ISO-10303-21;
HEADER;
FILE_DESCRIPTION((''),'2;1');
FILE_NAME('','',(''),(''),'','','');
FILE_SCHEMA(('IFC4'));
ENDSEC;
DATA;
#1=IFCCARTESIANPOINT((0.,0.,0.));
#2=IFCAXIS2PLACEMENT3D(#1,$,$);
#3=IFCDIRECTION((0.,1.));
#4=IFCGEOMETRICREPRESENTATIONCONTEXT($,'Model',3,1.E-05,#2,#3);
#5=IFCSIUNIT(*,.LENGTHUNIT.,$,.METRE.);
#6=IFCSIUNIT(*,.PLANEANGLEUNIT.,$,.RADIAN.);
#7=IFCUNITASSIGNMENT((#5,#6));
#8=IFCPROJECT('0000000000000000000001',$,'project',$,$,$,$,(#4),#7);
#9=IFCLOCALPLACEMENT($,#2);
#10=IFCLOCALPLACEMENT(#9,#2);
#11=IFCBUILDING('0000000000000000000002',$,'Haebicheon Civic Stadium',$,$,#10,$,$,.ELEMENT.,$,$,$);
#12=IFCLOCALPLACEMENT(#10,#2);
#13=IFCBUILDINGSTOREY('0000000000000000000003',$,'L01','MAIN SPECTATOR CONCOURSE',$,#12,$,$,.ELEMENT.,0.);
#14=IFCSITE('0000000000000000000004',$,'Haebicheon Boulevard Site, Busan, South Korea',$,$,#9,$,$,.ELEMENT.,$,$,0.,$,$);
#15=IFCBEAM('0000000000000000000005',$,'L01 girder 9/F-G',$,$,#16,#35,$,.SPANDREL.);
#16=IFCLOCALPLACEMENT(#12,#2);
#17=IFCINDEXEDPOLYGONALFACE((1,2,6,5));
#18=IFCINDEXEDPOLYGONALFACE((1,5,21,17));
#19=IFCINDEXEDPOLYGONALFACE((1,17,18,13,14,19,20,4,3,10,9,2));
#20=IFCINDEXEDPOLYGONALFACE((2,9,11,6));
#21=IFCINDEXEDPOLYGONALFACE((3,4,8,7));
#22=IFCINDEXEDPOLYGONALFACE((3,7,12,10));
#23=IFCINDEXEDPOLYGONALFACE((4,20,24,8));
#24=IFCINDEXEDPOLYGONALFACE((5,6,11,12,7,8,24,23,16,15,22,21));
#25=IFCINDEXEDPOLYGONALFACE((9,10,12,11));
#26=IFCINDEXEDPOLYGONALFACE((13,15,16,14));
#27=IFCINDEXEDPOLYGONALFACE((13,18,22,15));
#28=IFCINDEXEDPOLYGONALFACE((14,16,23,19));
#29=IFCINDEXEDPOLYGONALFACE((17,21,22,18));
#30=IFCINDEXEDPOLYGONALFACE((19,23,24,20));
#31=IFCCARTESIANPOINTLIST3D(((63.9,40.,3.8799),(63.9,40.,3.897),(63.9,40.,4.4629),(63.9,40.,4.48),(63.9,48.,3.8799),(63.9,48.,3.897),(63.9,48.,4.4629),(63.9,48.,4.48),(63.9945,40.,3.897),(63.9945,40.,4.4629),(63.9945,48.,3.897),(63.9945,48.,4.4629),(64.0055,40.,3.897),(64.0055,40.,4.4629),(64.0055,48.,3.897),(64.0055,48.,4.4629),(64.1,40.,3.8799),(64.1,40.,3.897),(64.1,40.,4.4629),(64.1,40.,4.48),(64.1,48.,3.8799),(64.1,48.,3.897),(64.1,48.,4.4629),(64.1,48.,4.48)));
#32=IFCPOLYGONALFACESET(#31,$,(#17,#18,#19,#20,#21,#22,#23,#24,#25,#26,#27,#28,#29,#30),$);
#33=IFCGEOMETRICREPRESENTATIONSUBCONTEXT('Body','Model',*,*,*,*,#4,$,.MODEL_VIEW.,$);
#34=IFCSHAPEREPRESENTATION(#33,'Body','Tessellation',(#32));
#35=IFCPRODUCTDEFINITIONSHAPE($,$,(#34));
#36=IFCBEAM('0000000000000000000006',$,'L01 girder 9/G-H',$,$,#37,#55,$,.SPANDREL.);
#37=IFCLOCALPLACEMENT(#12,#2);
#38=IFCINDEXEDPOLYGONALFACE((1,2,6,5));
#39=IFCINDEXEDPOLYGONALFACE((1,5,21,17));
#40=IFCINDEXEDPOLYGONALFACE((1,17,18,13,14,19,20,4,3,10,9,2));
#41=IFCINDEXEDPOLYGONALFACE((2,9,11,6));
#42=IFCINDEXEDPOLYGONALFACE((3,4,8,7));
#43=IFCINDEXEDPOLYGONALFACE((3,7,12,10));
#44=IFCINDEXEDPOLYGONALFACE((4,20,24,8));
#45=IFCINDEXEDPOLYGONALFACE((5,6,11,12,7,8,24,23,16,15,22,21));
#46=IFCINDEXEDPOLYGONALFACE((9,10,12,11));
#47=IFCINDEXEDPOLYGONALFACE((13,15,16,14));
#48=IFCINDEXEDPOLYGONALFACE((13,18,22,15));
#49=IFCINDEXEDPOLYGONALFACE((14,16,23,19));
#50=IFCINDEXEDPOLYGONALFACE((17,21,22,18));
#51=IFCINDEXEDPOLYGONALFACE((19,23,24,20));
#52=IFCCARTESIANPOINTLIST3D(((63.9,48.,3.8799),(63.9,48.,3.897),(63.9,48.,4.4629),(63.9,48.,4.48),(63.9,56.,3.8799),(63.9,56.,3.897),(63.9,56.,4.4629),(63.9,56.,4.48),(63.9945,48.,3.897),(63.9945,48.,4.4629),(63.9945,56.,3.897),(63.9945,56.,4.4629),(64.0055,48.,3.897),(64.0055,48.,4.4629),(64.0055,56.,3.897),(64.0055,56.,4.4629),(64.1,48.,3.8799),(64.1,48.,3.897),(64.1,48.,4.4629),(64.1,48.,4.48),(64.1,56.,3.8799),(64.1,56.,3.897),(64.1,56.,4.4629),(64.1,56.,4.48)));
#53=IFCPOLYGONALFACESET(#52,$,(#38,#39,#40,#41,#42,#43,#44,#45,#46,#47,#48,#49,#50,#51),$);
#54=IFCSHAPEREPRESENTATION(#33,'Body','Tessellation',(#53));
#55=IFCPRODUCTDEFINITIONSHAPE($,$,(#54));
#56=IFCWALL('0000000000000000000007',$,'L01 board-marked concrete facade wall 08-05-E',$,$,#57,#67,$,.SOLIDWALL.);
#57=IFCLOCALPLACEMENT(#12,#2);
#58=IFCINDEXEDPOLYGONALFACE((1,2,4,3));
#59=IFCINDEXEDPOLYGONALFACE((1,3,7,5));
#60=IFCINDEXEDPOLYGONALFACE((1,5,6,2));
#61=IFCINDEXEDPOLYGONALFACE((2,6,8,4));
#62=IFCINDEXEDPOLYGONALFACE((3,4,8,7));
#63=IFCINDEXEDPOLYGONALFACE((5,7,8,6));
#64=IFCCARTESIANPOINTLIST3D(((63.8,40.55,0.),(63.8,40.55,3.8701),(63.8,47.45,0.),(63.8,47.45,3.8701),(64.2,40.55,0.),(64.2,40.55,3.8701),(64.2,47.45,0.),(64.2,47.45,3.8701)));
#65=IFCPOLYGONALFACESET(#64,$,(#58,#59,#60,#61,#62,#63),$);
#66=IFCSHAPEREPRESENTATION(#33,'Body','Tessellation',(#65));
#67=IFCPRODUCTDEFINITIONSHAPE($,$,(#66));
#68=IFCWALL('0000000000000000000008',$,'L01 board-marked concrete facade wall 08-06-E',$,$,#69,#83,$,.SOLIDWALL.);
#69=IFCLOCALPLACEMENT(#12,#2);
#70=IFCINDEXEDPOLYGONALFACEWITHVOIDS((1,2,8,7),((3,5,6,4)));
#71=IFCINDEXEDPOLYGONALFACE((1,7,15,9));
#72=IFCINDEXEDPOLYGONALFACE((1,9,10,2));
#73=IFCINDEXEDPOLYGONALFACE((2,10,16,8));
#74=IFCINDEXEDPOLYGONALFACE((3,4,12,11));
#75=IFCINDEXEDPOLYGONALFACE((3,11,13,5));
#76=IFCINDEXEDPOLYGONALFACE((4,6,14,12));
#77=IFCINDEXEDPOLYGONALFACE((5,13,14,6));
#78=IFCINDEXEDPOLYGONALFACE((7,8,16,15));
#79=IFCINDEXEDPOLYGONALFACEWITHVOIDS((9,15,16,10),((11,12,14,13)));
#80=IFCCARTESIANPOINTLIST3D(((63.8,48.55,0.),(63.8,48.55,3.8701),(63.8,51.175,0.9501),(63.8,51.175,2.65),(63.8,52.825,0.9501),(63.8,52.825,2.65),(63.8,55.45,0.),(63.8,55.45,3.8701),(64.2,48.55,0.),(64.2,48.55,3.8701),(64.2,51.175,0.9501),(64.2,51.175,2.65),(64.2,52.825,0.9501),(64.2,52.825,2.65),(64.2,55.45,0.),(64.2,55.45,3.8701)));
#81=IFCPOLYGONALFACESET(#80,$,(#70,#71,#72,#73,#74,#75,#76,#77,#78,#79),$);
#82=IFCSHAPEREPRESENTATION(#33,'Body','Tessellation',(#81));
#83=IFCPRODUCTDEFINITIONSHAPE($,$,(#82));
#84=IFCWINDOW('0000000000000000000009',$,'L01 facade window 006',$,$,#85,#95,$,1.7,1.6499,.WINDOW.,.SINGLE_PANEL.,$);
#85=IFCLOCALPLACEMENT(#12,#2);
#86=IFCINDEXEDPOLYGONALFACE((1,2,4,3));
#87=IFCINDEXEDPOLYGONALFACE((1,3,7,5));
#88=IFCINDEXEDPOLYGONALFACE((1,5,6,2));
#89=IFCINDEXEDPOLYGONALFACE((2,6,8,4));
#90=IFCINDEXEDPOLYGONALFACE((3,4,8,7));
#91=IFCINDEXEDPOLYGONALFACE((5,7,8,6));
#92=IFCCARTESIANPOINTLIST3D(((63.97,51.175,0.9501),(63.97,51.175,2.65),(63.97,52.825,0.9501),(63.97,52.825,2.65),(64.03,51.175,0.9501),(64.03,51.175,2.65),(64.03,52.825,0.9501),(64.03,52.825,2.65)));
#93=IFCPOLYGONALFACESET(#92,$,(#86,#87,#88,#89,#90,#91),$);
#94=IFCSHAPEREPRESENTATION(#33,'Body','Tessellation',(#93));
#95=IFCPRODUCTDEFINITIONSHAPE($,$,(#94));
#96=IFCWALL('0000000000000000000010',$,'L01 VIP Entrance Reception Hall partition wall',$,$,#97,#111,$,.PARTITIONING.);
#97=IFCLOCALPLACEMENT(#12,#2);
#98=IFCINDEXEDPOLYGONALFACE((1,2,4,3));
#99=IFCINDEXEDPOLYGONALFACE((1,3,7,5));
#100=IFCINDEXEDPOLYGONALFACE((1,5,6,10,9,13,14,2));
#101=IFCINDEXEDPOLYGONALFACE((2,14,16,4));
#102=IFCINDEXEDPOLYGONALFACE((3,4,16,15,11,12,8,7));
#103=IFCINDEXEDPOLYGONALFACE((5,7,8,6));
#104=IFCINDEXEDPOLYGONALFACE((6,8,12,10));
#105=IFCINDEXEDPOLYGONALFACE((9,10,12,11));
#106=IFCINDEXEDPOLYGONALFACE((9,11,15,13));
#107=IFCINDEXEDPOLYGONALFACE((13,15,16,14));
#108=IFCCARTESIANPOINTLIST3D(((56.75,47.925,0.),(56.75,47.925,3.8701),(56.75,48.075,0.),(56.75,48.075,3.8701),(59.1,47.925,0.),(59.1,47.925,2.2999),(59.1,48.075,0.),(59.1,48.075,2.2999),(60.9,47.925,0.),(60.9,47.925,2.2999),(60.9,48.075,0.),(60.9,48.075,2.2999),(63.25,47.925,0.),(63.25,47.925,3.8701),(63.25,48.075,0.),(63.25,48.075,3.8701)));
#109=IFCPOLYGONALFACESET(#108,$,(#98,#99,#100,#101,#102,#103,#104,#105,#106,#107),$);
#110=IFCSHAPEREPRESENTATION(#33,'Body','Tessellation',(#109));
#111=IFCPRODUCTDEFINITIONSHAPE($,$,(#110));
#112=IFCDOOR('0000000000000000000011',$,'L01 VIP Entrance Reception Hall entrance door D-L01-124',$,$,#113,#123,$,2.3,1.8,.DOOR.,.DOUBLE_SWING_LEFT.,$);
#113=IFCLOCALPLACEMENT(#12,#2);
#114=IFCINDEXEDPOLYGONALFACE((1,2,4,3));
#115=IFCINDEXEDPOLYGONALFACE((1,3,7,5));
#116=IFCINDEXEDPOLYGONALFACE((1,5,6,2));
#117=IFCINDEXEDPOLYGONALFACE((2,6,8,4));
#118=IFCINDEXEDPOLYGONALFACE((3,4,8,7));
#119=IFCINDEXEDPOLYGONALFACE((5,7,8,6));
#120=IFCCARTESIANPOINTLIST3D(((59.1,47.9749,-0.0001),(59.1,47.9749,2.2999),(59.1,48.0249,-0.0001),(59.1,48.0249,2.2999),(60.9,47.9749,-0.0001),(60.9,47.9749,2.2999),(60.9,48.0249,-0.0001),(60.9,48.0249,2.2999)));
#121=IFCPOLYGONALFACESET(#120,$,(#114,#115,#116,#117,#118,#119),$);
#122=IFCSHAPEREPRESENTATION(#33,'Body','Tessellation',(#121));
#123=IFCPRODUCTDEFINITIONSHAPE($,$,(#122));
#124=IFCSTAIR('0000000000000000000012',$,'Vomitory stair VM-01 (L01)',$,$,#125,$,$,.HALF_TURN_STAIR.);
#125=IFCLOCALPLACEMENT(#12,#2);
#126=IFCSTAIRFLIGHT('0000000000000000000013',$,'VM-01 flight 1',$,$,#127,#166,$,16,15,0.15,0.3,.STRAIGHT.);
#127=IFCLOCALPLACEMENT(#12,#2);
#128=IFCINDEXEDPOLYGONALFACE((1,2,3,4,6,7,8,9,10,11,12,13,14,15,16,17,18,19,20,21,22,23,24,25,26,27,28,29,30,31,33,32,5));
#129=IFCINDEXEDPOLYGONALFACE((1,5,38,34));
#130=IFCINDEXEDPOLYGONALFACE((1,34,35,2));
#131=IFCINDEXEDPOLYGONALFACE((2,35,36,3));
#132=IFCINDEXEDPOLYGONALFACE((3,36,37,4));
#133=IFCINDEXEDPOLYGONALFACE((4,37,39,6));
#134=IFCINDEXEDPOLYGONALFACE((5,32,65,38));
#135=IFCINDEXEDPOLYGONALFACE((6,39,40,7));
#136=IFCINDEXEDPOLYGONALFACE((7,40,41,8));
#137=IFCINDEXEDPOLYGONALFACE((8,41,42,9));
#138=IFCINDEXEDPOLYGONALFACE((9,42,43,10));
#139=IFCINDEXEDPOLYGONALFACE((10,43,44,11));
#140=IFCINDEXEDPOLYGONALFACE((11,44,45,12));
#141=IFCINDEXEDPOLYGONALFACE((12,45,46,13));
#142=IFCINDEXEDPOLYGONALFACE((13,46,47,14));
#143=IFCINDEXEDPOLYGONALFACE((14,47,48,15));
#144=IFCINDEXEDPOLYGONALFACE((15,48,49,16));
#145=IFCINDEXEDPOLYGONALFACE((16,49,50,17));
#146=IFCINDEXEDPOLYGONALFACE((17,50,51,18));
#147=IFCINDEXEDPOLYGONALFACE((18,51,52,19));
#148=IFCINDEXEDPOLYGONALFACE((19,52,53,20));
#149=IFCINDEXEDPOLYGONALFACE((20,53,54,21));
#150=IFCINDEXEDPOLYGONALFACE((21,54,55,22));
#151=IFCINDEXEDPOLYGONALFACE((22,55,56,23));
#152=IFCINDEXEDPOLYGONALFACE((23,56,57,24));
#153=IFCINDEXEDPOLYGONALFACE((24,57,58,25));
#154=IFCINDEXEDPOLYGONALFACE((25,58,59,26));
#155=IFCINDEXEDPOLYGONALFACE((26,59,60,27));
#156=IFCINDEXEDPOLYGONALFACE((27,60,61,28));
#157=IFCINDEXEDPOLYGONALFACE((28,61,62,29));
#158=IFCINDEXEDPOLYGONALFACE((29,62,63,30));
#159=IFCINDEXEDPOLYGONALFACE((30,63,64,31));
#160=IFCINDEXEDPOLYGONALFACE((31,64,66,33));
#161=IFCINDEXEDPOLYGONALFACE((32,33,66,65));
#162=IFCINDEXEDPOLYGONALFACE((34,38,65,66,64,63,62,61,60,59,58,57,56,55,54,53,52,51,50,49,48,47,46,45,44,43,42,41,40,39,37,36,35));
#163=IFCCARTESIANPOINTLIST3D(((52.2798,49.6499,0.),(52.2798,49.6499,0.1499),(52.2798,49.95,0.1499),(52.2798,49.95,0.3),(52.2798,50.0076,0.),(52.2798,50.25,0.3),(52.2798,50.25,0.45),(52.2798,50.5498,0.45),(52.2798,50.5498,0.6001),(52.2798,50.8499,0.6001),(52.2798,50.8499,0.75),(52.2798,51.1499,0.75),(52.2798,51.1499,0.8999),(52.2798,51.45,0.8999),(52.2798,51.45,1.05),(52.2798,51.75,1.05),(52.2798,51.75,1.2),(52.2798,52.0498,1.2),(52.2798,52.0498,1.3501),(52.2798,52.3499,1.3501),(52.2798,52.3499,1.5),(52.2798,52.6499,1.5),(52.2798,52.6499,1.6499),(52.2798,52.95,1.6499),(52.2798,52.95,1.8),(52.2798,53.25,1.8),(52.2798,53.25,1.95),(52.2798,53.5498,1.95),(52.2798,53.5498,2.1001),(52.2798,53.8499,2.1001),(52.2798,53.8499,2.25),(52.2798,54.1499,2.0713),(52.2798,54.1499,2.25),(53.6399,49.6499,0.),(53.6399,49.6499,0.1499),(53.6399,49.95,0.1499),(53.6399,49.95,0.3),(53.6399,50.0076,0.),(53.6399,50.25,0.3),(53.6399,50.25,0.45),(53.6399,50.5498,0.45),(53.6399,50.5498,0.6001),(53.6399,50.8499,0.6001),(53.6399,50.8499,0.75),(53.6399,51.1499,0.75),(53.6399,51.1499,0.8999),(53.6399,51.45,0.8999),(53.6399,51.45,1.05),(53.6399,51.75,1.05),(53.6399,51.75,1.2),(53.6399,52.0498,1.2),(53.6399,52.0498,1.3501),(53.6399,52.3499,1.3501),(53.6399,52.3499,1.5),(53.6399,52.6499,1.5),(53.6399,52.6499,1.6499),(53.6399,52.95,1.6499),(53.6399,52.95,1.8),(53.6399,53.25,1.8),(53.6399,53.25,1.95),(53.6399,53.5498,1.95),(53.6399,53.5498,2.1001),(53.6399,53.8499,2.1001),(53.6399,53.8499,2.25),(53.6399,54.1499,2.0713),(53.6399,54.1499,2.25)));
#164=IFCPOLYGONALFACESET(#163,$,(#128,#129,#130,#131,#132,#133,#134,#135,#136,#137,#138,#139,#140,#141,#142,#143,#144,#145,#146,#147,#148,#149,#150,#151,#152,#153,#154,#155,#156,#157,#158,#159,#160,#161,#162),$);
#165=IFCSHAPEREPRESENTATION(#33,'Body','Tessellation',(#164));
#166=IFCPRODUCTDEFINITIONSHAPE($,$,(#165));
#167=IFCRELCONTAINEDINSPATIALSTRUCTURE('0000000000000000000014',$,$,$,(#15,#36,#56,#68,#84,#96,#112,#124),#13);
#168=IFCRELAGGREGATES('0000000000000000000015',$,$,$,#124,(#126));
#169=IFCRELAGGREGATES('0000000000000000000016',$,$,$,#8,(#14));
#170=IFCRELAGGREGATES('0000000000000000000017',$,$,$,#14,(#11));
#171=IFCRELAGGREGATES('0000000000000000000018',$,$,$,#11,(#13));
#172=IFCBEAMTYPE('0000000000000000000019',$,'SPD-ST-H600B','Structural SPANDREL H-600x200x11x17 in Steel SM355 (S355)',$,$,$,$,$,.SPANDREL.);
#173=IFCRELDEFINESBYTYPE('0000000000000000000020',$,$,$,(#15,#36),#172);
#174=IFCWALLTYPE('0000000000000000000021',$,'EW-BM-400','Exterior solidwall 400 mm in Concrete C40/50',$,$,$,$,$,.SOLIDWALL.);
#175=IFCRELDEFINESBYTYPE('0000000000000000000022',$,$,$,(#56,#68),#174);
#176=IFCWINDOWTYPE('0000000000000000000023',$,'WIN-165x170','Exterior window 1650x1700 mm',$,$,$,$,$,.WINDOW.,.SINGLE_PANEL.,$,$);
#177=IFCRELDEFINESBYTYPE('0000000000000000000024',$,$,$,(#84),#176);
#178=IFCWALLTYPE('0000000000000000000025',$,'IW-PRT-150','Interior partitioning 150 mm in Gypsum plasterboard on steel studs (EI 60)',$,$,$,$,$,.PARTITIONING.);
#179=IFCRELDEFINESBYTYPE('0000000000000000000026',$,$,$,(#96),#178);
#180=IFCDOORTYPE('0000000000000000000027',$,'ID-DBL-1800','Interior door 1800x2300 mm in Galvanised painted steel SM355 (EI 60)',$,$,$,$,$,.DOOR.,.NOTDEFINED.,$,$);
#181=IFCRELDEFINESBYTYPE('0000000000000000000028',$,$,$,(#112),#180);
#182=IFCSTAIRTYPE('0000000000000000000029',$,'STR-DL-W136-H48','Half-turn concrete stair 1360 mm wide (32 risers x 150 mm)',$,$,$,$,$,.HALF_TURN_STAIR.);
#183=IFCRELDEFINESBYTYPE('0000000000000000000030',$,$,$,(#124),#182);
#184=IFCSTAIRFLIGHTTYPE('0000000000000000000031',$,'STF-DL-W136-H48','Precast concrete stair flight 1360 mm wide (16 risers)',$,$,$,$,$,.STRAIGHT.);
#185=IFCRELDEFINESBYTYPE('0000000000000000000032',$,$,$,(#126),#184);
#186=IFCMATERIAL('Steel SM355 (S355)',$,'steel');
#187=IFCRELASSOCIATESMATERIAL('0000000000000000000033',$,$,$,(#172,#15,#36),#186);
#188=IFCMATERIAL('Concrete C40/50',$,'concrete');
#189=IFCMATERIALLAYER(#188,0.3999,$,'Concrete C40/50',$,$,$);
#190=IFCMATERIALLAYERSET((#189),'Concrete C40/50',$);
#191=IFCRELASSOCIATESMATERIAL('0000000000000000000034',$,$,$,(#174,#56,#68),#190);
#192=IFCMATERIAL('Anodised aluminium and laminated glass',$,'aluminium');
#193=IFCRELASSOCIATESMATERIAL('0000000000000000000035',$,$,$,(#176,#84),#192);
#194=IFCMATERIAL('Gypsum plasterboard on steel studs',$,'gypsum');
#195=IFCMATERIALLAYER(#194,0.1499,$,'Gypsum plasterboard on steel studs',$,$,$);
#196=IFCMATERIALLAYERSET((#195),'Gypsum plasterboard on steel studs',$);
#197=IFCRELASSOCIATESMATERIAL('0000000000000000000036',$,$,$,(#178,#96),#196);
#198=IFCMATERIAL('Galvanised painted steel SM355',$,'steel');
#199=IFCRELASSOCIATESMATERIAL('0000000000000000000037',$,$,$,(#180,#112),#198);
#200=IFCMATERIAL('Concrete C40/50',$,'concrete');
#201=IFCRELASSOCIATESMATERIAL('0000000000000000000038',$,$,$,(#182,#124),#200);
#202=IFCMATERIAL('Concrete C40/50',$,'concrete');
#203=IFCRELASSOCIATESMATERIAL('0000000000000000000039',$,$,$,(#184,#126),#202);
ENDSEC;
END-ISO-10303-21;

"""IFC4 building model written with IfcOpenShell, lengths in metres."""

from ifc_helpers import new_model, si_unit, direction, frame, frame_2d, origin, origin_2d, place, context, subcontext, project, spatial, polyline, rectangle, i_section, outline, extrude, material, layer, layer_set, material_profile, profile_set, type_object, element, fill, aggregate, save


model = new_model("IFC4")

# Units and contexts
model_context = context("Model", 3, precision=1e-05, world=origin(), true_north=direction((0.0, 1.0)))
body_context = subcontext(model_context, "Body", "Model", "MODEL_VIEW")
ifc_project = project(units=[si_unit("LENGTHUNIT", "METRE"), si_unit("PLANEANGLEUNIT", "RADIAN")], contexts=[model_context])

# Site, building, storey
site_placement = place(None, origin())
site = spatial("IfcSite", under=ifc_project, at=site_placement, Name="Haebicheon Boulevard Site, Busan, South Korea", CompositionType="ELEMENT", RefElevation=0.0)
building_placement = place(site_placement, origin())
building = spatial("IfcBuilding", under=site, at=building_placement, Name="Haebicheon Civic Stadium", CompositionType="ELEMENT")
storey_placement = place(building_placement, origin())
storey = spatial("IfcBuildingStorey", under=building, at=storey_placement, Name="L01", Description="MAIN SPECTATOR CONCOURSE", CompositionType="ELEMENT", Elevation=0.0)

# Beams
ifc_material_1 = material(Name="Steel SM355 (S355)", Category="steel")
ifc_material_profile_1 = material_profile(ifc_material_1, i_section(OverallWidth=0.2, OverallDepth=0.6001, WebThickness=0.011, FlangeThickness=0.0171, at=origin_2d()), Name="H-600x200x11x17")
ifc_profile_set_1 = profile_set([ifc_material_profile_1], Name="Steel SM355 (S355)")
beam_type_1 = type_object("IfcBeamType", Name="SPD-ST-H600B", Description="Structural SPANDREL H-600x200x11x17 in Steel SM355 (S355)", PredefinedType="SPANDREL", material=ifc_profile_set_1)
for number, where, z_axis, x_axis, name in (
    (1, (64.0, 40.0, 4.1799), (0.0, 1.0, 0.0), (-1.0, 0.0, 0.0), "L01 girder 9/F-G"),
    (2, (64.0, 48.0, 4.1799), (0.0, 1.0, 0.0), (-1.0, 0.0, 0.0), "L01 girder 9/G-H"),
):
    element("IfcBeam", number, at=place(storey_placement, frame(where, z_axis=z_axis, x_axis=x_axis)), inside=storey, type_object=beam_type_1, material=ifc_profile_set_1, Name=name, PredefinedType="SPANDREL", context=body_context, shape_type="SweptSolid", body=[
        extrude(i_section(OverallWidth=0.2, OverallDepth=0.6001, WebThickness=0.011, FlangeThickness=0.0171, at=origin_2d()), origin(), (0.0, 0.0, 1.0), 8.0),
    ])

# Wall
ifc_material_2 = material(Name="Concrete C40/50", Category="concrete")
ifc_layer_1 = layer(ifc_material_2, 0.3999, Name="Concrete C40/50")
ifc_layer_set_1 = layer_set([ifc_layer_1], Name="Concrete C40/50")
wall_type_1 = type_object("IfcWallType", Name="EW-BM-400", Description="Exterior solidwall 400 mm in Concrete C40/50", PredefinedType="SOLIDWALL", material=ifc_layer_set_1)
wall_1_placement = place(storey_placement, frame((64.0, 40.55, 0.0), z_axis=(0.0, 0.0, 1.0), x_axis=(0.0, 1.0, 0.0)))
element("IfcWall", 3, at=wall_1_placement, inside=storey, type_object=wall_type_1, material=ifc_layer_set_1, Name="L01 board-marked concrete facade wall 08-05-E", PredefinedType="SOLIDWALL", context=body_context, shape_type="SweptSolid", body=[
    extrude(rectangle(XDim=6.8999, YDim=0.3999, at=frame_2d((3.45, 0.0))), origin(), (0.0, 0.0, 1.0), 3.8701),
])

# Wall, opening, window
wall_2_placement = place(storey_placement, frame((64.0, 48.55, 0.0), z_axis=(0.0, 0.0, 1.0), x_axis=(0.0, 1.0, 0.0)))
wall_2 = element("IfcWall", 4, at=wall_2_placement, inside=storey, type_object=wall_type_1, material=ifc_layer_set_1, Name="L01 board-marked concrete facade wall 08-06-E", PredefinedType="SOLIDWALL", context=body_context, shape_type="SweptSolid", body=[
    extrude(rectangle(XDim=6.8999, YDim=0.3999, at=frame_2d((3.45, 0.0))), origin(), (0.0, 0.0, 1.0), 3.8701),
])
opening_1_placement = place(wall_2_placement, frame((2.625, 0.0, 0.95)))
opening_1 = element("IfcOpeningElement", 5, at=opening_1_placement, cuts=wall_2, PredefinedType="OPENING", context=body_context, shape_type="SweptSolid", body=[
    extrude(rectangle(XDim=1.6499, YDim=1.7, at=frame_2d((0.825, 0.8501))), frame((0.0, 0.21, 0.0), z_axis=(0.0, -1.0, 0.0), x_axis=(1.0, 0.0, 0.0)), (0.0, 0.0, 1.0), 0.4199),
])
ifc_material_3 = material(Name="Anodised aluminium and laminated glass", Category="aluminium")
window_type = type_object("IfcWindowType", Name="WIN-165x170", Description="Exterior window 1650x1700 mm", PartitioningType="SINGLE_PANEL", PredefinedType="WINDOW", material=ifc_material_3)
window_placement = place(opening_1_placement, origin())
window = element("IfcWindow", 6, at=window_placement, inside=storey, type_object=window_type, material=ifc_material_3, Name="L01 facade window 006", OverallHeight=1.7, OverallWidth=1.6499, PartitioningType="SINGLE_PANEL", PredefinedType="WINDOW", context=body_context, shape_type="SweptSolid", body=[
    extrude(rectangle(XDim=1.6499, YDim=1.7, at=frame_2d((0.825, 0.8501))), frame((0.0, 0.03, 0.0), z_axis=(0.0, -1.0, 0.0), x_axis=(1.0, 0.0, 0.0)), (0.0, 0.0, 1.0), 0.0601),
])
fill(opening_1, window)

# Wall, opening, door
ifc_material_4 = material(Name="Gypsum plasterboard on steel studs", Category="gypsum")
ifc_layer_2 = layer(ifc_material_4, 0.1499, Name="Gypsum plasterboard on steel studs")
ifc_layer_set_2 = layer_set([ifc_layer_2], Name="Gypsum plasterboard on steel studs")
wall_type_2 = type_object("IfcWallType", Name="IW-PRT-150", Description="Interior partitioning 150 mm in Gypsum plasterboard on steel studs (EI 60)", PredefinedType="PARTITIONING", material=ifc_layer_set_2)
wall_3_placement = place(storey_placement, frame((56.75, 48.0, 0.0), z_axis=(0.0, 0.0, 1.0), x_axis=(1.0, 0.0, 0.0)))
wall_3 = element("IfcWall", 7, at=wall_3_placement, inside=storey, type_object=wall_type_2, material=ifc_layer_set_2, Name="L01 VIP Entrance Reception Hall partition wall", PredefinedType="PARTITIONING", context=body_context, shape_type="SweptSolid", body=[
    extrude(rectangle(XDim=6.5, YDim=0.1499, at=frame_2d((3.25, 0.0))), origin(), (0.0, 0.0, 1.0), 3.8701),
])
opening_2_placement = place(wall_3_placement, frame((2.3501, 0.0, 0.0)))
opening_2 = element("IfcOpeningElement", 8, at=opening_2_placement, cuts=wall_3, PredefinedType="OPENING", context=body_context, shape_type="SweptSolid", body=[
    extrude(rectangle(XDim=1.8, YDim=2.3, at=frame_2d((0.8999, 1.1499))), frame((0.0, 0.085, 0.0), z_axis=(0.0, -1.0, 0.0), x_axis=(1.0, 0.0, 0.0)), (0.0, 0.0, 1.0), 0.1699),
])
ifc_material_5 = material(Name="Galvanised painted steel SM355", Category="steel")
door_type = type_object("IfcDoorType", Name="ID-DBL-1800", Description="Interior door 1800x2300 mm in Galvanised painted steel SM355 (EI 60)", OperationType="NOTDEFINED", PredefinedType="DOOR", material=ifc_material_5)
door_placement = place(opening_2_placement, origin())
door = element("IfcDoor", 9, at=door_placement, inside=storey, type_object=door_type, material=ifc_material_5, Name="L01 VIP Entrance Reception Hall entrance door D-L01-124", OperationType="DOUBLE_SWING_LEFT", OverallHeight=2.3, OverallWidth=1.8, PredefinedType="DOOR", context=body_context, shape_type="SweptSolid", body=[
    extrude(rectangle(XDim=1.8, YDim=2.3, at=frame_2d((0.8999, 1.1499))), frame((0.0, 0.0249, 0.0), z_axis=(0.0, -1.0, 0.0), x_axis=(1.0, 0.0, 0.0)), (0.0, 0.0, 1.0), 0.05),
])
fill(opening_2, door)

# Stair, stair flight
ifc_material_6 = material(Name="Concrete C40/50", Category="concrete")
stair_type = type_object("IfcStairType", Name="STR-DL-W136-H48", Description="Half-turn concrete stair 1360 mm wide (32 risers x 150 mm)", PredefinedType="HALF_TURN_STAIR", material=ifc_material_6)
stair_placement = place(storey_placement, origin())
stair = element("IfcStair", 10, at=stair_placement, inside=storey, type_object=stair_type, material=ifc_material_6, Name="Vomitory stair VM-01 (L01)", PredefinedType="HALF_TURN_STAIR")
ifc_material_7 = material(Name="Concrete C40/50", Category="concrete")
stair_flight_type = type_object("IfcStairFlightType", Name="STF-DL-W136-H48", Description="Precast concrete stair flight 1360 mm wide (16 risers)", PredefinedType="STRAIGHT", material=ifc_material_7)
stair_flight_placement = place(storey_placement, frame((52.96, 49.6499, 0.0), z_axis=(0.0, 0.0, 1.0), x_axis=(0.0, 1.0, 0.0)))
stair_flight = element("IfcStairFlight", 11, at=stair_flight_placement, type_object=stair_flight_type, material=ifc_material_7, Name="VM-01 flight 1", NumberOfRisers=16, NumberOfTreads=15, PredefinedType="STRAIGHT", RiserHeight=0.15, TreadLength=0.3, context=body_context, shape_type="SweptSolid", body=[
    extrude(outline(polyline([(0.0, 0.0), (0.0, 0.1499), (0.3, 0.1499), (0.3, 0.3), (0.6001, 0.3), (0.6001, 0.45), (0.8999, 0.45), (0.8999, 0.6001), (1.2, 0.6001), (1.2, 0.75), (1.5, 0.75), (1.5, 0.8999), (1.8, 0.8999), (1.8, 1.05), (2.1001, 1.05), (2.1001, 1.2), (2.3999, 1.2), (2.3999, 1.3501), (2.7, 1.3501), (2.7, 1.5), (3.0, 1.5), (3.0, 1.6499), (3.3, 1.6499), (3.3, 1.8), (3.6001, 1.8), (3.6001, 1.95), (3.8999, 1.95), (3.8999, 2.1001), (4.2, 2.1001), (4.2, 2.25), (4.5, 2.25), (4.5, 2.3999), (4.5, 2.0713), (0.3577, 0.0), (0.0, 0.0)])), frame((0.0, 0.6802, 0.0), z_axis=(0.0, -1.0, 0.0), x_axis=(1.0, 0.0, 0.0)), (0.0, 0.0, 1.0), 1.3601),
])
aggregate(stair, [stair_flight])

save(model, "model.ifc")
